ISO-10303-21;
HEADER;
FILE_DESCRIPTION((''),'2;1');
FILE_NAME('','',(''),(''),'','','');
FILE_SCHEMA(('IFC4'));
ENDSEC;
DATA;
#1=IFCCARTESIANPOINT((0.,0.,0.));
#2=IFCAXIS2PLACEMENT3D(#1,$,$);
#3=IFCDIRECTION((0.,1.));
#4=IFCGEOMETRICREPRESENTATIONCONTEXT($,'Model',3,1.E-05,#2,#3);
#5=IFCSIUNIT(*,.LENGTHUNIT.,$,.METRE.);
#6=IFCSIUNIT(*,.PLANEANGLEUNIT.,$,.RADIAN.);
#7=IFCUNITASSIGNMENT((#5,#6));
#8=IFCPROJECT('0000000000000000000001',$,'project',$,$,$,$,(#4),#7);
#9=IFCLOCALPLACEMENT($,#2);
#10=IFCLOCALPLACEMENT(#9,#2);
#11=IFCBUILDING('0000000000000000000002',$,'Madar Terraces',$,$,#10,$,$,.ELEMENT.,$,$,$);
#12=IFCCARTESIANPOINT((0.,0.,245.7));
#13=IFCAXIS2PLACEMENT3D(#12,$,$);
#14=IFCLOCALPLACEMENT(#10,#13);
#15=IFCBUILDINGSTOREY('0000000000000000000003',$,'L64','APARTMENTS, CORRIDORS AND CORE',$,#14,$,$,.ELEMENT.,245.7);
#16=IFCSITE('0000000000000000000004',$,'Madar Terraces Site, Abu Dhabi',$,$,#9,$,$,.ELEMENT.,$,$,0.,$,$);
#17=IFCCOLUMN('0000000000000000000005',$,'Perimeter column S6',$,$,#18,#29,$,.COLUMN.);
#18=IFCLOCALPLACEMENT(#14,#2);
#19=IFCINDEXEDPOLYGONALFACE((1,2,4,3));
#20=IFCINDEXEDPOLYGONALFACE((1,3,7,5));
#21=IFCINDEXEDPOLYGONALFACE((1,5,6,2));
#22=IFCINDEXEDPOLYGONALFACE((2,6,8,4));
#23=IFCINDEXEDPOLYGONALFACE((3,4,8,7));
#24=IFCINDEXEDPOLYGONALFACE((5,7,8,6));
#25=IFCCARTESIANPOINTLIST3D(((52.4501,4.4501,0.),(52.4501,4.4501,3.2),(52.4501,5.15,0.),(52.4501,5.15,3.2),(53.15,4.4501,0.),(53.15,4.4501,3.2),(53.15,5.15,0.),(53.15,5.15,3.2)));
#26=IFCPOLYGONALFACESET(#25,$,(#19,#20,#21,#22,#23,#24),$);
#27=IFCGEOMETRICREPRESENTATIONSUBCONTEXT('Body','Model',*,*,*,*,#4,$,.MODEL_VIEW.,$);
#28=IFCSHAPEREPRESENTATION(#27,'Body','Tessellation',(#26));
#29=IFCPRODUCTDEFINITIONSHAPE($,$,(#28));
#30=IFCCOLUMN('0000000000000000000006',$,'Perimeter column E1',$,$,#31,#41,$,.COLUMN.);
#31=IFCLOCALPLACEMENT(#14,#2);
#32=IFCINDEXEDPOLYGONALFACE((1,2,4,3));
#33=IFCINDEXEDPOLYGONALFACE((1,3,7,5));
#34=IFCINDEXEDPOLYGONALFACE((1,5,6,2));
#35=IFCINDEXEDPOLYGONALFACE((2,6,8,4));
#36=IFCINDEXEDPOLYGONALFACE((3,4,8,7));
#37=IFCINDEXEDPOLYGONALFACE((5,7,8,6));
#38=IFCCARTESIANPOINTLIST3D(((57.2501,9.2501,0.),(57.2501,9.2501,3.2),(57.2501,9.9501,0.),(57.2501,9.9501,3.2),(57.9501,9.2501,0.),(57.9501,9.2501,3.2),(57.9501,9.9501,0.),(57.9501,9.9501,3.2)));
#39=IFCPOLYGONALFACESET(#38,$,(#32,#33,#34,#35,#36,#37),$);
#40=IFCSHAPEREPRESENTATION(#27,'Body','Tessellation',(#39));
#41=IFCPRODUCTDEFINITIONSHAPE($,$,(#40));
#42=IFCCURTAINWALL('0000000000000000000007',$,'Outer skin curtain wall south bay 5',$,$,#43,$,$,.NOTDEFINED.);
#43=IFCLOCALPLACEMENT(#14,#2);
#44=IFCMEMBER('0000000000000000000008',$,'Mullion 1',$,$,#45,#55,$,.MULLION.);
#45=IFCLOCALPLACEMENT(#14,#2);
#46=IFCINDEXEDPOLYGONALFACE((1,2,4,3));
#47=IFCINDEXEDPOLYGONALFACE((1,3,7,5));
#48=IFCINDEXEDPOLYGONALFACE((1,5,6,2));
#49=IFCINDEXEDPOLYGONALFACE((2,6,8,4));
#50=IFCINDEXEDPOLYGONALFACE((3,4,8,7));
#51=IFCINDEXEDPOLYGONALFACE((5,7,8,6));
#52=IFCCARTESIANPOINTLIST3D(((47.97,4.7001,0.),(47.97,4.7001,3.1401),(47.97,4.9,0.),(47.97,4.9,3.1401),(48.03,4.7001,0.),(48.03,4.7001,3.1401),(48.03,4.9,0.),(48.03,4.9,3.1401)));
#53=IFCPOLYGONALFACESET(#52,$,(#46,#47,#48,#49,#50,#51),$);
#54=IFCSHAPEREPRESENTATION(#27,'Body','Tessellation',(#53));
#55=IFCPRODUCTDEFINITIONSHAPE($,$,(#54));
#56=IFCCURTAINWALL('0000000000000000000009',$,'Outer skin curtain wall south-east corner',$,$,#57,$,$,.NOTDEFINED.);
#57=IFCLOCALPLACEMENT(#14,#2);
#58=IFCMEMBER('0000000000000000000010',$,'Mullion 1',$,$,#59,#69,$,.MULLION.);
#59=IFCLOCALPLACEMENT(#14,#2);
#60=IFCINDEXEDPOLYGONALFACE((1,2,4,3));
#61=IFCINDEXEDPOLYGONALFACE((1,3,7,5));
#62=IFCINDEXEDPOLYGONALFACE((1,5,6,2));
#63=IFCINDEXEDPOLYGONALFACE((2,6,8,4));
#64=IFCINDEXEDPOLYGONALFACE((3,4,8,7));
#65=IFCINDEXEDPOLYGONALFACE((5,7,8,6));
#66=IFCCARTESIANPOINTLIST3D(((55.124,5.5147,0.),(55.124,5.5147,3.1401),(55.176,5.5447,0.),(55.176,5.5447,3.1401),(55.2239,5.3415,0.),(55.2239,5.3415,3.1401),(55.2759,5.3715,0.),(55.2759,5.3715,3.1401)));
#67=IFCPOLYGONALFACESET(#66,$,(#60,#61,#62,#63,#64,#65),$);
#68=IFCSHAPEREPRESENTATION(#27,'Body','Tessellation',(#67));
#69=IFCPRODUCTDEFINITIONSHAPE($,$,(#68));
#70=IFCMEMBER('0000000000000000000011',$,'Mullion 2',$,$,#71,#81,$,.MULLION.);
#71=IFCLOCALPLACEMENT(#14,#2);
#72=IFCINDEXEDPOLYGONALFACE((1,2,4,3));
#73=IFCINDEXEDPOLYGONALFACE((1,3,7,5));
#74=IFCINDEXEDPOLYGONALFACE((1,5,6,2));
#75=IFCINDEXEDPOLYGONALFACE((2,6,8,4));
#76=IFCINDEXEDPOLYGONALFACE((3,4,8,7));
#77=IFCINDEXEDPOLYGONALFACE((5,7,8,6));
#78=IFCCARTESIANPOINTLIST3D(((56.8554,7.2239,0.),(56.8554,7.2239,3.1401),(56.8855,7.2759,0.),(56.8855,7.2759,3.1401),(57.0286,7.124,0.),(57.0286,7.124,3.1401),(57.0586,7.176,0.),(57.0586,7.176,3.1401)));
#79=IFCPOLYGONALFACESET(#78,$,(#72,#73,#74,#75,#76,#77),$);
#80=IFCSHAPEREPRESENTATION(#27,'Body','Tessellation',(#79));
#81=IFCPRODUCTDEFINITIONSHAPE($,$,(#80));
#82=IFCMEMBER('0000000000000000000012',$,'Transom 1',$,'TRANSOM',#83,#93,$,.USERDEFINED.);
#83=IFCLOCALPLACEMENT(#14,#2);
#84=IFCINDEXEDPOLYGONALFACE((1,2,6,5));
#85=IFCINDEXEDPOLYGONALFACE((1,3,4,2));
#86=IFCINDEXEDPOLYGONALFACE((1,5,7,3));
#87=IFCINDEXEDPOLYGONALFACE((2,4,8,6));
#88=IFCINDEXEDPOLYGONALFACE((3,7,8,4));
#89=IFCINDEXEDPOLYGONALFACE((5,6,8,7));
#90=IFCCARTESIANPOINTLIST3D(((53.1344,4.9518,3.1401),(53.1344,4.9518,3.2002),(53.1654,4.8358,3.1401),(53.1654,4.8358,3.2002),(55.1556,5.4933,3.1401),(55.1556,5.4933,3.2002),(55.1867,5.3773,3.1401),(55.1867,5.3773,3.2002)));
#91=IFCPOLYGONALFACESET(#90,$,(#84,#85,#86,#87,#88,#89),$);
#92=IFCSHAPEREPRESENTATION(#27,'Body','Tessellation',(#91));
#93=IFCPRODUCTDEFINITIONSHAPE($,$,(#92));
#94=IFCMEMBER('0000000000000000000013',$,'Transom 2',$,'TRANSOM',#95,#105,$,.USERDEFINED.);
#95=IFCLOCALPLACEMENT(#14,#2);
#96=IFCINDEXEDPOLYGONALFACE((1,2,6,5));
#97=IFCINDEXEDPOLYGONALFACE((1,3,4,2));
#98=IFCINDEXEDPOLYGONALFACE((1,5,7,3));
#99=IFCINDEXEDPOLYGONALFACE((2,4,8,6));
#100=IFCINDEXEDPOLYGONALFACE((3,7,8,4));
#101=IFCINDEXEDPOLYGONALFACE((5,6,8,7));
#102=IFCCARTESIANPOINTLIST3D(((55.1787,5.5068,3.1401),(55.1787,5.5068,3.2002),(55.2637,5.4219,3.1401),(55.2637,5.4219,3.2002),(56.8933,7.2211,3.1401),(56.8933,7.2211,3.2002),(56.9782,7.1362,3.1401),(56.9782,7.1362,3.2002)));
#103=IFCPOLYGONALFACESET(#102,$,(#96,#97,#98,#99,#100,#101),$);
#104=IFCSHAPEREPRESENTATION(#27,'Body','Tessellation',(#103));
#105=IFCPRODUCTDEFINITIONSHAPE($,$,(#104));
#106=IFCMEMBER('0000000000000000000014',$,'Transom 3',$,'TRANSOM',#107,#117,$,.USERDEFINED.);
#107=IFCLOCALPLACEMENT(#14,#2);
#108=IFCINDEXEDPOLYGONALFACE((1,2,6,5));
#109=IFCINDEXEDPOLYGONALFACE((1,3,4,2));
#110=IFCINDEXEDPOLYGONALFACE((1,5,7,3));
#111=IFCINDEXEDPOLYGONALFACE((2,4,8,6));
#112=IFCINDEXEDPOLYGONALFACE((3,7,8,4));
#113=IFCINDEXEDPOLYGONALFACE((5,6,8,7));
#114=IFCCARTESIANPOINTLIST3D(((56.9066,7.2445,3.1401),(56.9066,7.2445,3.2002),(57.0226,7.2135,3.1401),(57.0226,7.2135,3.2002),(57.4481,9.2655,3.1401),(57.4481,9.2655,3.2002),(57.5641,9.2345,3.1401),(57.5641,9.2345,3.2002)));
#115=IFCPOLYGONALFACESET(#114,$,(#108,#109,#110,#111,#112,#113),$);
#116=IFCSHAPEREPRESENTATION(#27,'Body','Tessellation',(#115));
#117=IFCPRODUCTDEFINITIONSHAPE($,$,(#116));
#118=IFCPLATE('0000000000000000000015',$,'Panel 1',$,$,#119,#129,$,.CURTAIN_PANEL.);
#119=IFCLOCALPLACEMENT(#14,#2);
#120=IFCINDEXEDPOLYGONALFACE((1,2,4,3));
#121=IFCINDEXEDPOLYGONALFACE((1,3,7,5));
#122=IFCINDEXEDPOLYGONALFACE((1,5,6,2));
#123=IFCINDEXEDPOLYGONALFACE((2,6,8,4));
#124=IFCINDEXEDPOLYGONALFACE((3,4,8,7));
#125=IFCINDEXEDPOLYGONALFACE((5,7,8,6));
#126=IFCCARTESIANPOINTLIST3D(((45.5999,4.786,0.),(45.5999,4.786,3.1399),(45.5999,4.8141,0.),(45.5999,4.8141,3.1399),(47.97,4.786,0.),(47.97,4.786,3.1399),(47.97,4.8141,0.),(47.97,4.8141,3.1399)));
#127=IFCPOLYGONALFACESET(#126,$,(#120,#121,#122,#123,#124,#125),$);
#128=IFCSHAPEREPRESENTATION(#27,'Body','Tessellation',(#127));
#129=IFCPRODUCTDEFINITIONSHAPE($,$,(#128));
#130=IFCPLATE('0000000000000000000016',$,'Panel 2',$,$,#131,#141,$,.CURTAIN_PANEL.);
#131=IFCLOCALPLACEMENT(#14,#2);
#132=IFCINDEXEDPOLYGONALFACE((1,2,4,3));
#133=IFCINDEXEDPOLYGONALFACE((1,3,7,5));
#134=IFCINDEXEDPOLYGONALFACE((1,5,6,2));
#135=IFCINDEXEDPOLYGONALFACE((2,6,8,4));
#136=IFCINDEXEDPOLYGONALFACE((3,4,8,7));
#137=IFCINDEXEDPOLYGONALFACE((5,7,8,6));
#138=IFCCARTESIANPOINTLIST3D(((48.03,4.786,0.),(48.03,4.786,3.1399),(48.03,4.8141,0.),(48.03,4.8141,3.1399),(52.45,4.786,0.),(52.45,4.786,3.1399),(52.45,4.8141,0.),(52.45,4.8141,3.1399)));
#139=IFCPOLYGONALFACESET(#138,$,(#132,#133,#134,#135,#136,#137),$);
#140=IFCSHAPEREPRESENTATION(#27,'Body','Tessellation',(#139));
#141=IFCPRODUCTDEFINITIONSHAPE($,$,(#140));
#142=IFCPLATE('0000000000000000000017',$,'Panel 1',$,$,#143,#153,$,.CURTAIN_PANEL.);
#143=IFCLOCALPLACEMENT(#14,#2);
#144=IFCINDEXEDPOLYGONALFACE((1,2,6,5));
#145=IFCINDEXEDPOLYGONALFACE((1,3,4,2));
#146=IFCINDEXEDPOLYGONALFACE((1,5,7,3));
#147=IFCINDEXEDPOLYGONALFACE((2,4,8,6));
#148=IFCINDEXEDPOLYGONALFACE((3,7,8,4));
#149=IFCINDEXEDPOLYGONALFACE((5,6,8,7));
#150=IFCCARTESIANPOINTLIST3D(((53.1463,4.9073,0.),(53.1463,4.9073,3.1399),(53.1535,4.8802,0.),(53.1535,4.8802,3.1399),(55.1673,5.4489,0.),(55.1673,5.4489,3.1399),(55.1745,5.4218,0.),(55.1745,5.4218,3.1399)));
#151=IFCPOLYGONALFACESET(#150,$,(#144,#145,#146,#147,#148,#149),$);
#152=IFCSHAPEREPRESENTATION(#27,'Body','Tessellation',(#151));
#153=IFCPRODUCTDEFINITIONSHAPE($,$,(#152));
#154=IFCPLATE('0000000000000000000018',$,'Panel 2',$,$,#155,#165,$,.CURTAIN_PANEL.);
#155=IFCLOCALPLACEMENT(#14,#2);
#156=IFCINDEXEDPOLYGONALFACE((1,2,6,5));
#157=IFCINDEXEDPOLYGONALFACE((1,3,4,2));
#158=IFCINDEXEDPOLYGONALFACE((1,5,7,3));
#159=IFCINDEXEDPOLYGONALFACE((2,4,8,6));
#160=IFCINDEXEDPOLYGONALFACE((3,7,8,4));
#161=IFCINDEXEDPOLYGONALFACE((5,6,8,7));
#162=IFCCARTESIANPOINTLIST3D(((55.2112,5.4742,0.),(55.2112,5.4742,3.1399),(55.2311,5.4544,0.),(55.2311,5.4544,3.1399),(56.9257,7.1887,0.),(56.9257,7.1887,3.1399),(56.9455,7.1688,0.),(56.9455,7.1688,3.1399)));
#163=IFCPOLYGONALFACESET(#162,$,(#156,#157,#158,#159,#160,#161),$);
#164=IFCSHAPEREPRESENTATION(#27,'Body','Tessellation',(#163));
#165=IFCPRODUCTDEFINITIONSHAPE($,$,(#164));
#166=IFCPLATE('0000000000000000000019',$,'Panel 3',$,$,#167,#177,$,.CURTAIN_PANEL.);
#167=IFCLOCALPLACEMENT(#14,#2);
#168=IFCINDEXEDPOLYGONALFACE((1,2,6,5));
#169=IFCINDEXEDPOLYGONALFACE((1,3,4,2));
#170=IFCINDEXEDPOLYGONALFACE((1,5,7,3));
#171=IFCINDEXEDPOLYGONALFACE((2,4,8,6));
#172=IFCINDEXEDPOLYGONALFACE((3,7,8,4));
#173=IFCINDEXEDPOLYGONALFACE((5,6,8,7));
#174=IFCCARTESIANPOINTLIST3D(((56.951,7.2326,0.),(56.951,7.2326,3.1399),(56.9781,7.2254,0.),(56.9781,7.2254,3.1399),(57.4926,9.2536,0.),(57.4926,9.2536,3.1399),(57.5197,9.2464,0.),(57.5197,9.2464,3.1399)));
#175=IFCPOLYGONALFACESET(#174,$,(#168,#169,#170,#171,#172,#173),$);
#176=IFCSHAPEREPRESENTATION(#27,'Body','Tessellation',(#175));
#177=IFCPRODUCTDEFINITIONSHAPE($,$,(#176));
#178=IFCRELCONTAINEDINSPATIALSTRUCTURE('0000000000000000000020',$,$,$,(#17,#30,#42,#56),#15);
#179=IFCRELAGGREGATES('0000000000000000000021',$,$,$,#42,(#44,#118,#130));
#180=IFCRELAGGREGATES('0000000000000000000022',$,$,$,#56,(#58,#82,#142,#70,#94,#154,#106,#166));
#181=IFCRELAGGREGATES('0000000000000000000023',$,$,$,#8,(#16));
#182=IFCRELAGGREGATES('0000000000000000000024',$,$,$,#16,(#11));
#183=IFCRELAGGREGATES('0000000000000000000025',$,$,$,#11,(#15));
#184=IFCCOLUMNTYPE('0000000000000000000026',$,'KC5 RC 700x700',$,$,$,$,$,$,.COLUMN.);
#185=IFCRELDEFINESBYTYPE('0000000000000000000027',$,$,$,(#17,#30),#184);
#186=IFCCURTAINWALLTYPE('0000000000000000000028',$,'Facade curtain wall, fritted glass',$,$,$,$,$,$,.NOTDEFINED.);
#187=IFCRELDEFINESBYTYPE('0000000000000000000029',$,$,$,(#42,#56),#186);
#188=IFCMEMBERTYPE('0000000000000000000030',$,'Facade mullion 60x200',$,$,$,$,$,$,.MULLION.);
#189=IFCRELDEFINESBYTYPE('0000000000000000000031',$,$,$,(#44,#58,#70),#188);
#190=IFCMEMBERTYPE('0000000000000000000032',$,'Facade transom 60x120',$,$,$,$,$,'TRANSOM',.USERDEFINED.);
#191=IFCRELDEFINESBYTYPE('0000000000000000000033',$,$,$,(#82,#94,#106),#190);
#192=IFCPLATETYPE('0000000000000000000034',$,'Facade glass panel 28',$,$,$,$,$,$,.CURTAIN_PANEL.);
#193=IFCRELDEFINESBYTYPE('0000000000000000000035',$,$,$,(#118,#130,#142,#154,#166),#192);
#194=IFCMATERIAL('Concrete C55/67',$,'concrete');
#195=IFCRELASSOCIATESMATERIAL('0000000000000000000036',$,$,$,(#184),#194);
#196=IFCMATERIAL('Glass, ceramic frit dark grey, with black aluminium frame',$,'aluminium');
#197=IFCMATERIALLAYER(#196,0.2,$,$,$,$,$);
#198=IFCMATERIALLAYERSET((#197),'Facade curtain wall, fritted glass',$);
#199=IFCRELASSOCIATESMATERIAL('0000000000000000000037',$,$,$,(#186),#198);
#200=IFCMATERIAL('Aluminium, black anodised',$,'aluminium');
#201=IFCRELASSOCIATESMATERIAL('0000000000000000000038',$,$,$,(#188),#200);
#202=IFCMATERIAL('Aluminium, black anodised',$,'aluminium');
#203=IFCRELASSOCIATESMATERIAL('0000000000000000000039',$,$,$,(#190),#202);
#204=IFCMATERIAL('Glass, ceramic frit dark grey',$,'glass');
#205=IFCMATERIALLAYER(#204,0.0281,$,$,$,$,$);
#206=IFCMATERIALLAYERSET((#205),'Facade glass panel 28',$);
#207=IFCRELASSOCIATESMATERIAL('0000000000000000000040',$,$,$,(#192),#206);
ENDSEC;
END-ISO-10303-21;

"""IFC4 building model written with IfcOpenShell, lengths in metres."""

from ifc_helpers import new_model, si_unit, direction, frame, origin, origin_2d, place, context, subcontext, project, spatial, rectangle, extrude, material, layer, layer_set, material_profile, profile_set, type_object, element, aggregate, save


model = new_model("IFC4")

# Units and contexts
model_context = context("Model", 3, precision=1e-05, world=origin(), true_north=direction((0.0, 1.0)))
body_context = subcontext(model_context, "Body", "Model", "MODEL_VIEW")
ifc_project = project(units=[si_unit("LENGTHUNIT", "METRE"), si_unit("PLANEANGLEUNIT", "RADIAN")], contexts=[model_context])

# Site, building, storey
site_placement = place(None, origin())
site = spatial("IfcSite", under=ifc_project, at=site_placement, Name="Madar Terraces Site, Abu Dhabi", CompositionType="ELEMENT", RefElevation=0.0)
building_placement = place(site_placement, origin())
building = spatial("IfcBuilding", under=site, at=building_placement, Name="Madar Terraces", CompositionType="ELEMENT")
storey_placement = place(building_placement, frame((0.0, 0.0, 245.7)))
storey = spatial("IfcBuildingStorey", under=building, at=storey_placement, Name="L64", Description="APARTMENTS, CORRIDORS AND CORE", CompositionType="ELEMENT", Elevation=245.7)

# Columns
ifc_material_1 = material(Name="Concrete C55/67", Category="concrete")
ifc_material_profile_1 = material_profile(ifc_material_1, rectangle(XDim=0.7, YDim=0.7, at=origin_2d()), Name="KC5 RC 700x700")
ifc_profile_set_1 = profile_set([ifc_material_profile_1], Name="Concrete C55/67")
column_type = type_object("IfcColumnType", Name="KC5 RC 700x700", PredefinedType="COLUMN", material=ifc_profile_set_1)
for number, where, z_axis, x_axis, name in (
    (1, (52.8, 4.8, 0.0), (0.0, 0.0, 1.0), (1.0, 0.0, 0.0), "Perimeter column S6"),
    (2, (57.6001, 9.6001, 0.0), (0.0, 0.0, 1.0), (1.0, 0.0, 0.0), "Perimeter column E1"),
):
    element("IfcColumn", number, at=place(storey_placement, frame(where, z_axis=z_axis, x_axis=x_axis)), inside=storey, type_object=column_type, Name=name, PredefinedType="COLUMN", context=body_context, shape_type="SweptSolid", body=[
        extrude(rectangle(XDim=0.7, YDim=0.7, at=origin_2d()), origin(), (0.0, 0.0, 1.0), 3.2),
    ])

# Curtain wall, member
ifc_material_2 = material(Name="Glass, ceramic frit dark grey, with black aluminium frame", Category="aluminium")
ifc_layer_1 = layer(ifc_material_2, 0.2)
ifc_layer_set_1 = layer_set([ifc_layer_1], Name="Facade curtain wall, fritted glass")
curtain_wall_type = type_object("IfcCurtainWallType", Name="Facade curtain wall, fritted glass", PredefinedType="NOTDEFINED", material=ifc_layer_set_1)
curtain_wall_1_placement = place(storey_placement, origin())
curtain_wall_1 = element("IfcCurtainWall", 3, at=curtain_wall_1_placement, inside=storey, type_object=curtain_wall_type, Name="Outer skin curtain wall south bay 5", PredefinedType="NOTDEFINED")
ifc_material_3 = material(Name="Aluminium, black anodised", Category="aluminium")
ifc_material_profile_2 = material_profile(ifc_material_3, rectangle(XDim=0.2, YDim=0.0601, at=origin_2d()), Name="Facade mullion 60x200")
ifc_profile_set_2 = profile_set([ifc_material_profile_2], Name="Aluminium, black anodised")
member_type_1 = type_object("IfcMemberType", Name="Facade mullion 60x200", PredefinedType="MULLION", material=ifc_profile_set_2)
member_1_placement = place(storey_placement, frame((48.0, 4.8, 0.0), z_axis=(0.0, 0.0, 1.0), x_axis=(0.0, 1.0, 0.0)))
member_1 = element("IfcMember", 4, at=member_1_placement, type_object=member_type_1, Name="Mullion 1", PredefinedType="MULLION", context=body_context, shape_type="SweptSolid", body=[
    extrude(rectangle(XDim=0.2, YDim=0.0601, at=origin_2d()), origin(), (0.0, 0.0, 1.0), 3.1401),
])

# Curtain wall, members
curtain_wall_2_placement = place(storey_placement, origin())
curtain_wall_2 = element("IfcCurtainWall", 5, at=curtain_wall_2_placement, inside=storey, type_object=curtain_wall_type, Name="Outer skin curtain wall south-east corner", PredefinedType="NOTDEFINED")
member_2_placement = place(storey_placement, frame((55.2, 5.4431, 0.0), z_axis=(0.0, 0.0, 1.0), x_axis=(-0.5, 0.866025, 0.0)))
member_2 = element("IfcMember", 6, at=member_2_placement, type_object=member_type_1, Name="Mullion 1", PredefinedType="MULLION", context=body_context, shape_type="SweptSolid", body=[
    extrude(rectangle(XDim=0.2, YDim=0.0601, at=origin_2d()), origin(), (0.0, 0.0, 1.0), 3.1401),
])
member_3_placement = place(storey_placement, frame((56.957, 7.2, 0.0), z_axis=(0.0, 0.0, 1.0), x_axis=(-0.866025, 0.5, 0.0)))
member_3 = element("IfcMember", 7, at=member_3_placement, type_object=member_type_1, Name="Mullion 2", PredefinedType="MULLION", context=body_context, shape_type="SweptSolid", body=[
    extrude(rectangle(XDim=0.2, YDim=0.0601, at=origin_2d()), origin(), (0.0, 0.0, 1.0), 3.1401),
])
ifc_material_4 = material(Name="Aluminium, black anodised", Category="aluminium")
ifc_material_profile_3 = material_profile(ifc_material_4, rectangle(XDim=0.1201, YDim=0.0601, at=origin_2d()), Name="Facade transom 60x120")
ifc_profile_set_3 = profile_set([ifc_material_profile_3], Name="Aluminium, black anodised")
member_type_2 = type_object("IfcMemberType", Name="Facade transom 60x120", ElementType="TRANSOM", PredefinedType="USERDEFINED", material=ifc_profile_set_3)
member_4_placement = place(storey_placement, frame((53.1499, 4.8938, 3.1702), z_axis=(0.965936, 0.258781, 0.0), x_axis=(-0.258781, 0.965936, 0.0)))
member_4 = element("IfcMember", 8, at=member_4_placement, type_object=member_type_2, Name="Transom 1", ObjectType="TRANSOM", PredefinedType="USERDEFINED", context=body_context, shape_type="SweptSolid", body=[
    extrude(rectangle(XDim=0.1201, YDim=0.0601, at=origin_2d()), origin(), (0.0, 0.0, 1.0), 2.0925),
])
member_5_placement = place(storey_placement, frame((55.2212, 5.4644, 3.1702), z_axis=(0.707157, 0.707056, 0.0), x_axis=(-0.707056, 0.707157, 0.0)))
member_5 = element("IfcMember", 9, at=member_5_placement, type_object=member_type_2, Name="Transom 2", ObjectType="TRANSOM", PredefinedType="USERDEFINED", context=body_context, shape_type="SweptSolid", body=[
    extrude(rectangle(XDim=0.1201, YDim=0.0601, at=origin_2d()), origin(), (0.0, 0.0, 1.0), 2.4246),
])
member_6_placement = place(storey_placement, frame((56.9646, 7.229, 3.1702), z_axis=(0.25881, 0.965928, 0.0), x_axis=(-0.965928, 0.25881, 0.0)))
member_6 = element("IfcMember", 10, at=member_6_placement, type_object=member_type_2, Name="Transom 3", ObjectType="TRANSOM", PredefinedType="USERDEFINED", context=body_context, shape_type="SweptSolid", body=[
    extrude(rectangle(XDim=0.1201, YDim=0.0601, at=origin_2d()), origin(), (0.0, 0.0, 1.0), 2.0923),
])

# Plates
ifc_material_5 = material(Name="Glass, ceramic frit dark grey", Category="glass")
ifc_layer_2 = layer(ifc_material_5, 0.0281)
ifc_layer_set_2 = layer_set([ifc_layer_2], Name="Facade glass panel 28")
plate_type = type_object("IfcPlateType", Name="Facade glass panel 28", PredefinedType="CURTAIN_PANEL", material=ifc_layer_set_2)
plate_1_placement = place(storey_placement, frame((46.7849, 4.8, 0.0), z_axis=(0.0, 0.0, 1.0), x_axis=(1.0, 0.0, 0.0)))
plate_1 = element("IfcPlate", 11, at=plate_1_placement, type_object=plate_type, Name="Panel 1", PredefinedType="CURTAIN_PANEL", context=body_context, shape_type="SweptSolid", body=[
    extrude(rectangle(XDim=2.3701, YDim=0.0281, at=origin_2d()), origin(), (0.0, 0.0, 1.0), 3.1399),
])
plate_2_placement = place(storey_placement, frame((50.24, 4.8, 0.0), z_axis=(0.0, 0.0, 1.0), x_axis=(1.0, 0.0, 0.0)))
plate_2 = element("IfcPlate", 12, at=plate_2_placement, type_object=plate_type, Name="Panel 2", PredefinedType="CURTAIN_PANEL", context=body_context, shape_type="SweptSolid", body=[
    extrude(rectangle(XDim=4.4199, YDim=0.0281, at=origin_2d()), origin(), (0.0, 0.0, 1.0), 3.1399),
])
aggregate(curtain_wall_1, [member_1, plate_1, plate_2])
plate_3_placement = place(storey_placement, frame((54.1604, 5.1646, 0.0), z_axis=(0.0, 0.0, 1.0), x_axis=(0.965926, 0.258819, 0.0)))
plate_3 = element("IfcPlate", 13, at=plate_3_placement, type_object=plate_type, Name="Panel 1", PredefinedType="CURTAIN_PANEL", context=body_context, shape_type="SweptSolid", body=[
    extrude(rectangle(XDim=2.0923, YDim=0.0281, at=origin_2d()), origin(), (0.0, 0.0, 1.0), 3.1399),
])
plate_4_placement = place(storey_placement, frame((56.0784, 6.3215, 0.0), z_axis=(0.0, 0.0, 1.0), x_axis=(0.707107, 0.707107, 0.0)))
plate_4 = element("IfcPlate", 14, at=plate_4_placement, type_object=plate_type, Name="Panel 2", PredefinedType="CURTAIN_PANEL", context=body_context, shape_type="SweptSolid", body=[
    extrude(rectangle(XDim=2.4246, YDim=0.0281, at=origin_2d()), origin(), (0.0, 0.0, 1.0), 3.1399),
])
plate_5_placement = place(storey_placement, frame((57.2354, 8.2395, 0.0), z_axis=(0.0, 0.0, 1.0), x_axis=(0.258819, 0.965926, 0.0)))
plate_5 = element("IfcPlate", 15, at=plate_5_placement, type_object=plate_type, Name="Panel 3", PredefinedType="CURTAIN_PANEL", context=body_context, shape_type="SweptSolid", body=[
    extrude(rectangle(XDim=2.0923, YDim=0.0281, at=origin_2d()), origin(), (0.0, 0.0, 1.0), 3.1399),
])
aggregate(curtain_wall_2, [member_2, member_4, plate_3, member_3, member_5, plate_4, member_6, plate_5])

save(model, "model.ifc")
